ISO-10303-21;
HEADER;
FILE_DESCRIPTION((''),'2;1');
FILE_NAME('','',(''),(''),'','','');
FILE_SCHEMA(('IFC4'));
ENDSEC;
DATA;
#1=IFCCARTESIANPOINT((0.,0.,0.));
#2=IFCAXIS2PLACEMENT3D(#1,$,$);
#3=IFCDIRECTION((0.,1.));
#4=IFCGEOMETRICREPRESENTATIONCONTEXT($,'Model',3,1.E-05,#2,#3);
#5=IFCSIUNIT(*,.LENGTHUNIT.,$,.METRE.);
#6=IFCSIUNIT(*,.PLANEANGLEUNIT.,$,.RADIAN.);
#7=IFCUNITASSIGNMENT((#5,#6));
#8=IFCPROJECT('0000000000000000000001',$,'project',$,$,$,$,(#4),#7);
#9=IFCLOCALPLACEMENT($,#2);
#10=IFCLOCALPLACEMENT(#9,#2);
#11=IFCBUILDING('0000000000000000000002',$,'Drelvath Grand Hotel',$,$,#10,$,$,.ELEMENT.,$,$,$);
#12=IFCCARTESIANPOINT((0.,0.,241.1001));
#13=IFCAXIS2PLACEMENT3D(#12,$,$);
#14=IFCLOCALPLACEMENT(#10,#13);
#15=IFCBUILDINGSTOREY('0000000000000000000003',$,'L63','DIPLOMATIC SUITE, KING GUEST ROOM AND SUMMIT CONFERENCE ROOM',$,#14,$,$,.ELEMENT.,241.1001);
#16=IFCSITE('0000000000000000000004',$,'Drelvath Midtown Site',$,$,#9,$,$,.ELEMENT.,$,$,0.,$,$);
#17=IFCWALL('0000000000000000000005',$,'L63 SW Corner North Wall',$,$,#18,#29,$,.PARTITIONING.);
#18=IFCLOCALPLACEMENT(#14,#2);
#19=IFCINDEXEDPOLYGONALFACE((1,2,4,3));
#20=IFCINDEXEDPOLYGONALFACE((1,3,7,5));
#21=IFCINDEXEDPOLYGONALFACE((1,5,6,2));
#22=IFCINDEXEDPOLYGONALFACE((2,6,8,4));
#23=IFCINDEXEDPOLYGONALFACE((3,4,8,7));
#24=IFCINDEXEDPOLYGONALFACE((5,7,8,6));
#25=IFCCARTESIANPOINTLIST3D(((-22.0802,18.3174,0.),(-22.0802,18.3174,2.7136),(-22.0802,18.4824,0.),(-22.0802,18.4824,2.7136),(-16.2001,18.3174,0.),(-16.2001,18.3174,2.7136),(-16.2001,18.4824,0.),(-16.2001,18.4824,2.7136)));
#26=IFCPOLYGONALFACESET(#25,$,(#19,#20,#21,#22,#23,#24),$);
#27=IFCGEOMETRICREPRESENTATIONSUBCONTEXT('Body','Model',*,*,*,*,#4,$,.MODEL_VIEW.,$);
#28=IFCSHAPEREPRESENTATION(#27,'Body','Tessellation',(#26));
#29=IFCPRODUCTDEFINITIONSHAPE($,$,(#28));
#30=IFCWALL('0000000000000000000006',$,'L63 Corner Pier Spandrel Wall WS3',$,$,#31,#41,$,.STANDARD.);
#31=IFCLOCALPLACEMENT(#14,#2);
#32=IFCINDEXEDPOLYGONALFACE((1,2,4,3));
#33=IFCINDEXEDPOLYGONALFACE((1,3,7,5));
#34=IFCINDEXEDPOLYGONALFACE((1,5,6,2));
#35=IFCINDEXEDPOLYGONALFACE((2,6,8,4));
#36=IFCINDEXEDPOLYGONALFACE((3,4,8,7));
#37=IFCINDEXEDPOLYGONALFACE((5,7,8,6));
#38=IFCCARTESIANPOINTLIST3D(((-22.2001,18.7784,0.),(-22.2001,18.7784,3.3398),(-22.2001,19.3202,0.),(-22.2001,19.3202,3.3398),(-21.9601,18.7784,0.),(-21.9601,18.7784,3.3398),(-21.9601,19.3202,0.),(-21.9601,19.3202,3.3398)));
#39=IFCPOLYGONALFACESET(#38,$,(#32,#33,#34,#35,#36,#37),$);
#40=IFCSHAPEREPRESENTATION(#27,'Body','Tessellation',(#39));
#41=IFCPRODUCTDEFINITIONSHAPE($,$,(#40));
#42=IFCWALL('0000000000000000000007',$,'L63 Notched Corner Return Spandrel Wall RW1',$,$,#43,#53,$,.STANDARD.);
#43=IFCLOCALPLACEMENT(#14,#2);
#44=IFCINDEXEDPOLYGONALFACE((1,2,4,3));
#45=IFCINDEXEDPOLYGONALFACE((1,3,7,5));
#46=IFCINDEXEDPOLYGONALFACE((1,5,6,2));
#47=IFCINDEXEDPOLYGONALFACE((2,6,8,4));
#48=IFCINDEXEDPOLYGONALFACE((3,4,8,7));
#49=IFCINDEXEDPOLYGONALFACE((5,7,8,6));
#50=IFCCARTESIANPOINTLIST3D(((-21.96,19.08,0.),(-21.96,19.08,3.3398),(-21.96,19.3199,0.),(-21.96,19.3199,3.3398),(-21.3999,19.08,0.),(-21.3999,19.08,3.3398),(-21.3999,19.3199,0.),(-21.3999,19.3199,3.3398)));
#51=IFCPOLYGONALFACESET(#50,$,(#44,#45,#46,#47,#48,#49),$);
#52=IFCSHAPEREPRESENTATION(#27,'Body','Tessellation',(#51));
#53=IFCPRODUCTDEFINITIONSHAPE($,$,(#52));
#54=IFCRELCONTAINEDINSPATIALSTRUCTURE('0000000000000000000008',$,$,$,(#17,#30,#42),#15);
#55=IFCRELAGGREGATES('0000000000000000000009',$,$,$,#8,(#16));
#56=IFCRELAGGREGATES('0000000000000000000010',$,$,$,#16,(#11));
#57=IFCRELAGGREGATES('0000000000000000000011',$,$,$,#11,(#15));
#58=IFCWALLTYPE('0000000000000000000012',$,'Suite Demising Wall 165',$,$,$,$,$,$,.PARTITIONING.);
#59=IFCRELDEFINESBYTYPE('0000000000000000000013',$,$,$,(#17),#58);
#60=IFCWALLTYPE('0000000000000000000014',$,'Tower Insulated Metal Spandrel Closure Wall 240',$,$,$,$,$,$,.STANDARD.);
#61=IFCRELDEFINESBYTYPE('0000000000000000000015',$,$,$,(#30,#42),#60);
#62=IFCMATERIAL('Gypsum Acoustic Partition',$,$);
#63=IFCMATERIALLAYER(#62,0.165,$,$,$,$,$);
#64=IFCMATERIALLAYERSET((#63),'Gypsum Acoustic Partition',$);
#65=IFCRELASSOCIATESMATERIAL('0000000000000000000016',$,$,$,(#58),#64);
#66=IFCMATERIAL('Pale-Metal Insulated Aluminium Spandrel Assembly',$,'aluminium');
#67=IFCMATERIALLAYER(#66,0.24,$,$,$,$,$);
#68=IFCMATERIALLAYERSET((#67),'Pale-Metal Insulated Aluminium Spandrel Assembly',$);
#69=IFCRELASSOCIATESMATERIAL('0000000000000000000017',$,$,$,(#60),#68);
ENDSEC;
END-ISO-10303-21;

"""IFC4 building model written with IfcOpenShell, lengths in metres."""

from ifc_helpers import new_model, si_unit, direction, frame, frame_2d, origin, place, context, subcontext, project, spatial, rectangle, extrude, material, layer, layer_set, type_object, element, save


model = new_model("IFC4")

# Units and contexts
model_context = context("Model", 3, precision=1e-05, world=origin(), true_north=direction((0.0, 1.0)))
body_context = subcontext(model_context, "Body", "Model", "MODEL_VIEW")
ifc_project = project(units=[si_unit("LENGTHUNIT", "METRE"), si_unit("PLANEANGLEUNIT", "RADIAN")], contexts=[model_context])

# Site, building, storey
site_placement = place(None, origin())
site = spatial("IfcSite", under=ifc_project, at=site_placement, Name="Drelvath Midtown Site", CompositionType="ELEMENT", RefElevation=0.0)
building_placement = place(site_placement, origin())
building = spatial("IfcBuilding", under=site, at=building_placement, Name="Drelvath Grand Hotel", CompositionType="ELEMENT")
storey_placement = place(building_placement, frame((0.0, 0.0, 241.1001)))
storey = spatial("IfcBuildingStorey", under=building, at=storey_placement, Name="L63", Description="DIPLOMATIC SUITE, KING GUEST ROOM AND SUMMIT CONFERENCE ROOM", CompositionType="ELEMENT", Elevation=241.1001)

# Walls
ifc_material_1 = material(Name="Gypsum Acoustic Partition")
ifc_layer_1 = layer(ifc_material_1, 0.165)
ifc_layer_set_1 = layer_set([ifc_layer_1], Name="Gypsum Acoustic Partition")
wall_type_1 = type_object("IfcWallType", Name="Suite Demising Wall 165", PredefinedType="PARTITIONING", material=ifc_layer_set_1)
wall_1_placement = place(storey_placement, frame((-22.0801, 18.3999, 0.0), z_axis=(0.0, 0.0, 1.0), x_axis=(1.0, 0.0, 0.0)))
element("IfcWall", 1, at=wall_1_placement, inside=storey, type_object=wall_type_1, Name="L63 SW Corner North Wall", PredefinedType="PARTITIONING", context=body_context, shape_type="SweptSolid", body=[
    extrude(rectangle(XDim=5.8801, YDim=0.165, at=frame_2d((2.9399, 0.0))), origin(), (0.0, 0.0, 1.0), 2.7136),
])
ifc_material_2 = material(Name="Pale-Metal Insulated Aluminium Spandrel Assembly", Category="aluminium")
ifc_layer_2 = layer(ifc_material_2, 0.24)
ifc_layer_set_2 = layer_set([ifc_layer_2], Name="Pale-Metal Insulated Aluminium Spandrel Assembly")
wall_type_2 = type_object("IfcWallType", Name="Tower Insulated Metal Spandrel Closure Wall 240", PredefinedType="STANDARD", material=ifc_layer_set_2)
wall_2_placement = place(storey_placement, frame((-22.0801, 18.7783, 0.0), z_axis=(0.0, 0.0, 1.0), x_axis=(0.0, 1.0, 0.0)))
element("IfcWall", 2, at=wall_2_placement, inside=storey, type_object=wall_type_2, Name="L63 Corner Pier Spandrel Wall WS3", PredefinedType="STANDARD", context=body_context, shape_type="SweptSolid", body=[
    extrude(rectangle(XDim=0.5417, YDim=0.24, at=frame_2d((0.271, 0.0))), origin(), (0.0, 0.0, 1.0), 3.3398),
])
wall_3_placement = place(storey_placement, frame((-21.96, 19.2, 0.0), z_axis=(0.0, 0.0, 1.0), x_axis=(1.0, 0.0, 0.0)))
element("IfcWall", 3, at=wall_3_placement, inside=storey, type_object=wall_type_2, Name="L63 Notched Corner Return Spandrel Wall RW1", PredefinedType="STANDARD", context=body_context, shape_type="SweptSolid", body=[
    extrude(rectangle(XDim=0.5601, YDim=0.24, at=frame_2d((0.28, 0.0))), origin(), (0.0, 0.0, 1.0), 3.3398),
])

save(model, "model.ifc")
